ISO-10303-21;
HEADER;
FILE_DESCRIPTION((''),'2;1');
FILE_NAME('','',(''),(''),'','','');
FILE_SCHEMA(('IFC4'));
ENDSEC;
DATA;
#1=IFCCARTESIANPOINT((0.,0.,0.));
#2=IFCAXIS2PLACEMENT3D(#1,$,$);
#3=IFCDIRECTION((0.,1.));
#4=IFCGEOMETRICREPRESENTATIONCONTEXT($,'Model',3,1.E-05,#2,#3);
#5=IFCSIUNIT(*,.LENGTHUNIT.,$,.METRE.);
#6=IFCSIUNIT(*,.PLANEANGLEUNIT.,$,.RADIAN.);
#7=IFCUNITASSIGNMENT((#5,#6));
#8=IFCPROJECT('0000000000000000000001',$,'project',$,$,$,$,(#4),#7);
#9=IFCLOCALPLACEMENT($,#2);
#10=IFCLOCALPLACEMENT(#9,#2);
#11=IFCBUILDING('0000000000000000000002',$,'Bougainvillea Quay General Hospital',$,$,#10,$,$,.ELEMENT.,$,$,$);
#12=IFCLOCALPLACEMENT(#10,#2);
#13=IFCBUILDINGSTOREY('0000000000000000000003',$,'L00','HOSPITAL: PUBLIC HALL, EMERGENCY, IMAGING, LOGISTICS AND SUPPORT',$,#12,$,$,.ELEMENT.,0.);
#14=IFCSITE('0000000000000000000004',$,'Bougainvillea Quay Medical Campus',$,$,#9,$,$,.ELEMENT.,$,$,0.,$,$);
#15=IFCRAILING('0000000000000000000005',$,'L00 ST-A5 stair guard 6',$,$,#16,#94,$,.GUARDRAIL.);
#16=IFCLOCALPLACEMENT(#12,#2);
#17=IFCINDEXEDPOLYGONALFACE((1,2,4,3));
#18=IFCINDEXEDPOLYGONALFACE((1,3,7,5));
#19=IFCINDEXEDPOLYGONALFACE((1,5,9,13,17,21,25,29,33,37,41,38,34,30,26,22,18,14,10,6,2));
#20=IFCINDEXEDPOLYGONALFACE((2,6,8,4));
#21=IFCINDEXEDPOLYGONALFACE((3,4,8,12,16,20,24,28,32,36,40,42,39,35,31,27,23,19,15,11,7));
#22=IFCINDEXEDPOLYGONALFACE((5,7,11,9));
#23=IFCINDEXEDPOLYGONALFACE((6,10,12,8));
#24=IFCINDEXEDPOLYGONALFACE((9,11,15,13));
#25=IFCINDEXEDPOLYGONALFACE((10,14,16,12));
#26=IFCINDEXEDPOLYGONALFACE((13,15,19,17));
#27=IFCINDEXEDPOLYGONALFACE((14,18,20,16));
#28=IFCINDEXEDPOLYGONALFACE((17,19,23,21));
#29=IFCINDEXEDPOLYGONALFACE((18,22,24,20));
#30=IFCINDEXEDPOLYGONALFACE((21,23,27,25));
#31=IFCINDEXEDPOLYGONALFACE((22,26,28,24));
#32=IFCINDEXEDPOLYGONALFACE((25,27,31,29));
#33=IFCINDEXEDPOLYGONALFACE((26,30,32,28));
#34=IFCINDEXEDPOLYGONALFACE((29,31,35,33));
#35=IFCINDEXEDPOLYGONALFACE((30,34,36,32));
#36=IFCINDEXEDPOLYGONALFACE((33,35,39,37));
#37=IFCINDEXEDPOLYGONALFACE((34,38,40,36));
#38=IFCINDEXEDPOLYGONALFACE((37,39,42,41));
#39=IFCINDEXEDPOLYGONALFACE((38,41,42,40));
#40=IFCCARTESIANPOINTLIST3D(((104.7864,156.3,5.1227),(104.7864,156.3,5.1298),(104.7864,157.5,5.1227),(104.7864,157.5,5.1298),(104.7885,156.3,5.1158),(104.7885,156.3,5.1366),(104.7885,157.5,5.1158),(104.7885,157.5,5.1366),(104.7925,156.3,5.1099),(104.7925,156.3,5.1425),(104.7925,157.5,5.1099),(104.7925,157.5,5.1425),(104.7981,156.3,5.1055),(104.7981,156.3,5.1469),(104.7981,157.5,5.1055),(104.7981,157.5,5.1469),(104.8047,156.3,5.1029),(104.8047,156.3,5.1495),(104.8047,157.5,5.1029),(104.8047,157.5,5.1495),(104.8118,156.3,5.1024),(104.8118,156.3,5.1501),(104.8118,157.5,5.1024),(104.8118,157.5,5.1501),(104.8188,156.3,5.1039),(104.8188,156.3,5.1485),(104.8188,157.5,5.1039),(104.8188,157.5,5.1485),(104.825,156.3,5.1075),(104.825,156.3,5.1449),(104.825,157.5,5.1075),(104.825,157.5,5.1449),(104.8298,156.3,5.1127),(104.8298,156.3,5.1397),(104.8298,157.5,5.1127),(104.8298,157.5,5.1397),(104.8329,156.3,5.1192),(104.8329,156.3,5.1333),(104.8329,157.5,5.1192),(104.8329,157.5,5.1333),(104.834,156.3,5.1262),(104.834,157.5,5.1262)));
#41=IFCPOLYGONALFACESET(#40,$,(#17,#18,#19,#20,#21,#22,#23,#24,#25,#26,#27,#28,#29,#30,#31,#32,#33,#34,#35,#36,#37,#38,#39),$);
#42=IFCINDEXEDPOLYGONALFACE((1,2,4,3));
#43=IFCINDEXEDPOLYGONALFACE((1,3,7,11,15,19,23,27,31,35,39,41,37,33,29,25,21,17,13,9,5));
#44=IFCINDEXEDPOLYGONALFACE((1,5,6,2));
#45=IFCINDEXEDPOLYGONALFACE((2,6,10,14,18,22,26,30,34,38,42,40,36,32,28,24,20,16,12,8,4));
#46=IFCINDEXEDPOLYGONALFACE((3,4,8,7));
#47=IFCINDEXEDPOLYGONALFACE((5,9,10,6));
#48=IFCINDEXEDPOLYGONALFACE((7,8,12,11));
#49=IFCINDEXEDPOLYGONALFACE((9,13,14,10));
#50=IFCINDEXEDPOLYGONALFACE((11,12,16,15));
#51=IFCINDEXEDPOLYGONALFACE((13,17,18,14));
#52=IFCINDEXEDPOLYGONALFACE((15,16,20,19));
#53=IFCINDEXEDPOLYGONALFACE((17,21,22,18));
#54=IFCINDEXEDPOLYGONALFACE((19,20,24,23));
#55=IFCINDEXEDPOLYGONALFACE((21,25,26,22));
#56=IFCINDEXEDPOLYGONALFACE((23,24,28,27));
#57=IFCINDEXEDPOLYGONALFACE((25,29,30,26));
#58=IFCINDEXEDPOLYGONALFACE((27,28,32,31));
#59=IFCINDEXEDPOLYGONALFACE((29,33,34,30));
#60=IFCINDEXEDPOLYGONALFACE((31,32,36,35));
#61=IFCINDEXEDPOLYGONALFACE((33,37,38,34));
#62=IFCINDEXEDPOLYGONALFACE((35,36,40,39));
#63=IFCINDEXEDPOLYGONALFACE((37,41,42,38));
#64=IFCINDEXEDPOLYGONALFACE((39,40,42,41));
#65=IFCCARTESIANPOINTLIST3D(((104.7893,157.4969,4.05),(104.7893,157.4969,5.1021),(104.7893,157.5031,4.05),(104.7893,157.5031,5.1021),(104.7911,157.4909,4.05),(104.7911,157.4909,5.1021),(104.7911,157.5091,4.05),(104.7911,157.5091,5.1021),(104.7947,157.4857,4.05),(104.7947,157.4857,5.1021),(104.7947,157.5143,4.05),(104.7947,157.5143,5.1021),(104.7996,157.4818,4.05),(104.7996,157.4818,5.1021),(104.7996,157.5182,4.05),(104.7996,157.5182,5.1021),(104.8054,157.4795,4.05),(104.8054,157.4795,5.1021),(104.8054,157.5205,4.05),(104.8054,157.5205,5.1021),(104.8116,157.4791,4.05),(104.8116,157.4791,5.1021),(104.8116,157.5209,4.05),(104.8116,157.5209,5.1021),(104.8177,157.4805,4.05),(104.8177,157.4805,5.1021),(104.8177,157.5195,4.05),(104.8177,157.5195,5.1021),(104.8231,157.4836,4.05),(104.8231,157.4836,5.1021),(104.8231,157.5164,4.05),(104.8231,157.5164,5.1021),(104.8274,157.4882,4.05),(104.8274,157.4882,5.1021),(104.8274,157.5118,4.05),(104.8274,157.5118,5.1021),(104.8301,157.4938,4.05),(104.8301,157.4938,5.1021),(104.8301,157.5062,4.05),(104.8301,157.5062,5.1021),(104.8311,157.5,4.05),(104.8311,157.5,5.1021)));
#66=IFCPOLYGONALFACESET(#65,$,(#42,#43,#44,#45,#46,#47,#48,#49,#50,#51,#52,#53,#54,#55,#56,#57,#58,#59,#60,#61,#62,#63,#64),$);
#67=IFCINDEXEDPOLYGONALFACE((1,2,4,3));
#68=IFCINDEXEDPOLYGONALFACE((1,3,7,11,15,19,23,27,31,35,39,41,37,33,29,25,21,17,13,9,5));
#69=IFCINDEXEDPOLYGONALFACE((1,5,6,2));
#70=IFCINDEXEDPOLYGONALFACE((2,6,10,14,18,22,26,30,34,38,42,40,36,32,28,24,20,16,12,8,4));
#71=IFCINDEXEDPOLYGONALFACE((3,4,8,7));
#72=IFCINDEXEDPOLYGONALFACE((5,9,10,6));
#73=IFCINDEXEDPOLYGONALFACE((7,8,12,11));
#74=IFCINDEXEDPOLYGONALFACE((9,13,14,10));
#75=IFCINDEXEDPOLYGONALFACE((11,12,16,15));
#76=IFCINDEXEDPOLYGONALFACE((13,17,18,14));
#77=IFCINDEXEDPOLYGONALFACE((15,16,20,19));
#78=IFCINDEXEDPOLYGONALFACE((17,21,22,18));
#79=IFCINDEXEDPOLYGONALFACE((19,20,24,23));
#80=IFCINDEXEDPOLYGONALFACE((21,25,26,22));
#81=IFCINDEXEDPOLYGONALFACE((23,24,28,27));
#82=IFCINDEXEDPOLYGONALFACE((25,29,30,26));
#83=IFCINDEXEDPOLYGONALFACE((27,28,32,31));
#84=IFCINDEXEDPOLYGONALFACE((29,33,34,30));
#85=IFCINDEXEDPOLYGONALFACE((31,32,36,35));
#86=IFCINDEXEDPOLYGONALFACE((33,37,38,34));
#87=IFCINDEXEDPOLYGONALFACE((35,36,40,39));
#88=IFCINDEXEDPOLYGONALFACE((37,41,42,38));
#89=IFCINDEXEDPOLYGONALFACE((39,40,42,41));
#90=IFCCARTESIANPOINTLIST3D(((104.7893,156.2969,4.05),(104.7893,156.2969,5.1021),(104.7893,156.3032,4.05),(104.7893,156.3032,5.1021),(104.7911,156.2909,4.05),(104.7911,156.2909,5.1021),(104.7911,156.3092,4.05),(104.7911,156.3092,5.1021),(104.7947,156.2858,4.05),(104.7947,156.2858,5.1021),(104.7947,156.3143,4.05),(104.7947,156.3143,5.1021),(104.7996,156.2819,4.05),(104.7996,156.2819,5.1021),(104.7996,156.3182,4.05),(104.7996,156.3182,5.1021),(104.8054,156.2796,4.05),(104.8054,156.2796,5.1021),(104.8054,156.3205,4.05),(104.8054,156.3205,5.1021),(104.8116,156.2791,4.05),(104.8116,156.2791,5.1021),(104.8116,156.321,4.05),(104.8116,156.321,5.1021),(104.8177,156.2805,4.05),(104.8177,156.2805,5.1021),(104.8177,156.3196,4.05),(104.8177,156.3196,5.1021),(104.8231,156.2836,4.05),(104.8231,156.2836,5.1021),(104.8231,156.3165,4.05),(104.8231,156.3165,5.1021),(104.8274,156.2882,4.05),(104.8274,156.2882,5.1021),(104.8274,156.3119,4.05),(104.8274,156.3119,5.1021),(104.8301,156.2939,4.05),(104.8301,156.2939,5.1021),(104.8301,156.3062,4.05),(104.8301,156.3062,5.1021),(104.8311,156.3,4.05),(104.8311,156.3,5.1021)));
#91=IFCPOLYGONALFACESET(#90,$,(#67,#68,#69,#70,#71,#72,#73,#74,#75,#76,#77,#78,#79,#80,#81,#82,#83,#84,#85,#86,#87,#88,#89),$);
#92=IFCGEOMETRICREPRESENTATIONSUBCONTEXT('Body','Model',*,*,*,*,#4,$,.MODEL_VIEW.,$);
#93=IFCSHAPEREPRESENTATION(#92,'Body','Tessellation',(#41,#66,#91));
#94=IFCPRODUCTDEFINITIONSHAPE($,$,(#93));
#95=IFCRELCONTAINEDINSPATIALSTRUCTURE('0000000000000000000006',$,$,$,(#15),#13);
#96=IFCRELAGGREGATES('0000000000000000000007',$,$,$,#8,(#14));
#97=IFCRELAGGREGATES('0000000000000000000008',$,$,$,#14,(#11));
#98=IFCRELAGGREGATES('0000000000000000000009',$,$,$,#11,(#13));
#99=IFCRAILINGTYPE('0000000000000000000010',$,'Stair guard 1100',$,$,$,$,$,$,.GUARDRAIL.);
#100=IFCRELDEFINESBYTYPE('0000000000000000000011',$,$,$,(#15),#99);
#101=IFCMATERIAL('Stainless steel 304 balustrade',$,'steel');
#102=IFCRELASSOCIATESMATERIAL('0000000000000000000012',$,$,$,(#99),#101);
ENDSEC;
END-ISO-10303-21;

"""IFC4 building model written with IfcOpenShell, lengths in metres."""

from ifc_helpers import new_model, si_unit, direction, frame, origin, origin_2d, place, context, subcontext, project, spatial, circle, extrude, material, type_object, element, save


model = new_model("IFC4")

# Units and contexts
model_context = context("Model", 3, precision=1e-05, world=origin(), true_north=direction((0.0, 1.0)))
body_context = subcontext(model_context, "Body", "Model", "MODEL_VIEW")
ifc_project = project(units=[si_unit("LENGTHUNIT", "METRE"), si_unit("PLANEANGLEUNIT", "RADIAN")], contexts=[model_context])

# Site, building, storey
site_placement = place(None, origin())
site = spatial("IfcSite", under=ifc_project, at=site_placement, Name="Bougainvillea Quay Medical Campus", CompositionType="ELEMENT", RefElevation=0.0)
building_placement = place(site_placement, origin())
building = spatial("IfcBuilding", under=site, at=building_placement, Name="Bougainvillea Quay General Hospital", CompositionType="ELEMENT")
storey_placement = place(building_placement, origin())
storey = spatial("IfcBuildingStorey", under=building, at=storey_placement, Name="L00", Description="HOSPITAL: PUBLIC HALL, EMERGENCY, IMAGING, LOGISTICS AND SUPPORT", CompositionType="ELEMENT", Elevation=0.0)

# Railing
ifc_material_1 = material(Name="Stainless steel 304 balustrade", Category="steel")
railing_type_1 = type_object("IfcRailingType", Name="Stair guard 1100", PredefinedType="GUARDRAIL", material=ifc_material_1)
railing_1_placement = place(storey_placement, frame((104.8101, 157.5, 4.05)))
element("IfcRailing", 1, at=railing_1_placement, inside=storey, type_object=railing_type_1, Name="L00 ST-A5 stair guard 6", PredefinedType="GUARDRAIL", context=body_context, shape_type="SweptSolid", body=[
    extrude(circle(Radius=0.0239, at=origin_2d()), frame((0.0, 0.0, 1.0762), z_axis=(0.0, -1.0, 0.0), x_axis=(1.0, 0.0, 0.0)), (0.0, 0.0, 1.0), 1.2),
    extrude(circle(Radius=0.021, at=origin_2d()), origin(), (0.0, 0.0, 1.0), 1.052),
    extrude(circle(Radius=0.021, at=origin_2d()), frame((0.0, -1.2, 0.0)), (0.0, 0.0, 1.0), 1.052),
])

save(model, "model.ifc")
